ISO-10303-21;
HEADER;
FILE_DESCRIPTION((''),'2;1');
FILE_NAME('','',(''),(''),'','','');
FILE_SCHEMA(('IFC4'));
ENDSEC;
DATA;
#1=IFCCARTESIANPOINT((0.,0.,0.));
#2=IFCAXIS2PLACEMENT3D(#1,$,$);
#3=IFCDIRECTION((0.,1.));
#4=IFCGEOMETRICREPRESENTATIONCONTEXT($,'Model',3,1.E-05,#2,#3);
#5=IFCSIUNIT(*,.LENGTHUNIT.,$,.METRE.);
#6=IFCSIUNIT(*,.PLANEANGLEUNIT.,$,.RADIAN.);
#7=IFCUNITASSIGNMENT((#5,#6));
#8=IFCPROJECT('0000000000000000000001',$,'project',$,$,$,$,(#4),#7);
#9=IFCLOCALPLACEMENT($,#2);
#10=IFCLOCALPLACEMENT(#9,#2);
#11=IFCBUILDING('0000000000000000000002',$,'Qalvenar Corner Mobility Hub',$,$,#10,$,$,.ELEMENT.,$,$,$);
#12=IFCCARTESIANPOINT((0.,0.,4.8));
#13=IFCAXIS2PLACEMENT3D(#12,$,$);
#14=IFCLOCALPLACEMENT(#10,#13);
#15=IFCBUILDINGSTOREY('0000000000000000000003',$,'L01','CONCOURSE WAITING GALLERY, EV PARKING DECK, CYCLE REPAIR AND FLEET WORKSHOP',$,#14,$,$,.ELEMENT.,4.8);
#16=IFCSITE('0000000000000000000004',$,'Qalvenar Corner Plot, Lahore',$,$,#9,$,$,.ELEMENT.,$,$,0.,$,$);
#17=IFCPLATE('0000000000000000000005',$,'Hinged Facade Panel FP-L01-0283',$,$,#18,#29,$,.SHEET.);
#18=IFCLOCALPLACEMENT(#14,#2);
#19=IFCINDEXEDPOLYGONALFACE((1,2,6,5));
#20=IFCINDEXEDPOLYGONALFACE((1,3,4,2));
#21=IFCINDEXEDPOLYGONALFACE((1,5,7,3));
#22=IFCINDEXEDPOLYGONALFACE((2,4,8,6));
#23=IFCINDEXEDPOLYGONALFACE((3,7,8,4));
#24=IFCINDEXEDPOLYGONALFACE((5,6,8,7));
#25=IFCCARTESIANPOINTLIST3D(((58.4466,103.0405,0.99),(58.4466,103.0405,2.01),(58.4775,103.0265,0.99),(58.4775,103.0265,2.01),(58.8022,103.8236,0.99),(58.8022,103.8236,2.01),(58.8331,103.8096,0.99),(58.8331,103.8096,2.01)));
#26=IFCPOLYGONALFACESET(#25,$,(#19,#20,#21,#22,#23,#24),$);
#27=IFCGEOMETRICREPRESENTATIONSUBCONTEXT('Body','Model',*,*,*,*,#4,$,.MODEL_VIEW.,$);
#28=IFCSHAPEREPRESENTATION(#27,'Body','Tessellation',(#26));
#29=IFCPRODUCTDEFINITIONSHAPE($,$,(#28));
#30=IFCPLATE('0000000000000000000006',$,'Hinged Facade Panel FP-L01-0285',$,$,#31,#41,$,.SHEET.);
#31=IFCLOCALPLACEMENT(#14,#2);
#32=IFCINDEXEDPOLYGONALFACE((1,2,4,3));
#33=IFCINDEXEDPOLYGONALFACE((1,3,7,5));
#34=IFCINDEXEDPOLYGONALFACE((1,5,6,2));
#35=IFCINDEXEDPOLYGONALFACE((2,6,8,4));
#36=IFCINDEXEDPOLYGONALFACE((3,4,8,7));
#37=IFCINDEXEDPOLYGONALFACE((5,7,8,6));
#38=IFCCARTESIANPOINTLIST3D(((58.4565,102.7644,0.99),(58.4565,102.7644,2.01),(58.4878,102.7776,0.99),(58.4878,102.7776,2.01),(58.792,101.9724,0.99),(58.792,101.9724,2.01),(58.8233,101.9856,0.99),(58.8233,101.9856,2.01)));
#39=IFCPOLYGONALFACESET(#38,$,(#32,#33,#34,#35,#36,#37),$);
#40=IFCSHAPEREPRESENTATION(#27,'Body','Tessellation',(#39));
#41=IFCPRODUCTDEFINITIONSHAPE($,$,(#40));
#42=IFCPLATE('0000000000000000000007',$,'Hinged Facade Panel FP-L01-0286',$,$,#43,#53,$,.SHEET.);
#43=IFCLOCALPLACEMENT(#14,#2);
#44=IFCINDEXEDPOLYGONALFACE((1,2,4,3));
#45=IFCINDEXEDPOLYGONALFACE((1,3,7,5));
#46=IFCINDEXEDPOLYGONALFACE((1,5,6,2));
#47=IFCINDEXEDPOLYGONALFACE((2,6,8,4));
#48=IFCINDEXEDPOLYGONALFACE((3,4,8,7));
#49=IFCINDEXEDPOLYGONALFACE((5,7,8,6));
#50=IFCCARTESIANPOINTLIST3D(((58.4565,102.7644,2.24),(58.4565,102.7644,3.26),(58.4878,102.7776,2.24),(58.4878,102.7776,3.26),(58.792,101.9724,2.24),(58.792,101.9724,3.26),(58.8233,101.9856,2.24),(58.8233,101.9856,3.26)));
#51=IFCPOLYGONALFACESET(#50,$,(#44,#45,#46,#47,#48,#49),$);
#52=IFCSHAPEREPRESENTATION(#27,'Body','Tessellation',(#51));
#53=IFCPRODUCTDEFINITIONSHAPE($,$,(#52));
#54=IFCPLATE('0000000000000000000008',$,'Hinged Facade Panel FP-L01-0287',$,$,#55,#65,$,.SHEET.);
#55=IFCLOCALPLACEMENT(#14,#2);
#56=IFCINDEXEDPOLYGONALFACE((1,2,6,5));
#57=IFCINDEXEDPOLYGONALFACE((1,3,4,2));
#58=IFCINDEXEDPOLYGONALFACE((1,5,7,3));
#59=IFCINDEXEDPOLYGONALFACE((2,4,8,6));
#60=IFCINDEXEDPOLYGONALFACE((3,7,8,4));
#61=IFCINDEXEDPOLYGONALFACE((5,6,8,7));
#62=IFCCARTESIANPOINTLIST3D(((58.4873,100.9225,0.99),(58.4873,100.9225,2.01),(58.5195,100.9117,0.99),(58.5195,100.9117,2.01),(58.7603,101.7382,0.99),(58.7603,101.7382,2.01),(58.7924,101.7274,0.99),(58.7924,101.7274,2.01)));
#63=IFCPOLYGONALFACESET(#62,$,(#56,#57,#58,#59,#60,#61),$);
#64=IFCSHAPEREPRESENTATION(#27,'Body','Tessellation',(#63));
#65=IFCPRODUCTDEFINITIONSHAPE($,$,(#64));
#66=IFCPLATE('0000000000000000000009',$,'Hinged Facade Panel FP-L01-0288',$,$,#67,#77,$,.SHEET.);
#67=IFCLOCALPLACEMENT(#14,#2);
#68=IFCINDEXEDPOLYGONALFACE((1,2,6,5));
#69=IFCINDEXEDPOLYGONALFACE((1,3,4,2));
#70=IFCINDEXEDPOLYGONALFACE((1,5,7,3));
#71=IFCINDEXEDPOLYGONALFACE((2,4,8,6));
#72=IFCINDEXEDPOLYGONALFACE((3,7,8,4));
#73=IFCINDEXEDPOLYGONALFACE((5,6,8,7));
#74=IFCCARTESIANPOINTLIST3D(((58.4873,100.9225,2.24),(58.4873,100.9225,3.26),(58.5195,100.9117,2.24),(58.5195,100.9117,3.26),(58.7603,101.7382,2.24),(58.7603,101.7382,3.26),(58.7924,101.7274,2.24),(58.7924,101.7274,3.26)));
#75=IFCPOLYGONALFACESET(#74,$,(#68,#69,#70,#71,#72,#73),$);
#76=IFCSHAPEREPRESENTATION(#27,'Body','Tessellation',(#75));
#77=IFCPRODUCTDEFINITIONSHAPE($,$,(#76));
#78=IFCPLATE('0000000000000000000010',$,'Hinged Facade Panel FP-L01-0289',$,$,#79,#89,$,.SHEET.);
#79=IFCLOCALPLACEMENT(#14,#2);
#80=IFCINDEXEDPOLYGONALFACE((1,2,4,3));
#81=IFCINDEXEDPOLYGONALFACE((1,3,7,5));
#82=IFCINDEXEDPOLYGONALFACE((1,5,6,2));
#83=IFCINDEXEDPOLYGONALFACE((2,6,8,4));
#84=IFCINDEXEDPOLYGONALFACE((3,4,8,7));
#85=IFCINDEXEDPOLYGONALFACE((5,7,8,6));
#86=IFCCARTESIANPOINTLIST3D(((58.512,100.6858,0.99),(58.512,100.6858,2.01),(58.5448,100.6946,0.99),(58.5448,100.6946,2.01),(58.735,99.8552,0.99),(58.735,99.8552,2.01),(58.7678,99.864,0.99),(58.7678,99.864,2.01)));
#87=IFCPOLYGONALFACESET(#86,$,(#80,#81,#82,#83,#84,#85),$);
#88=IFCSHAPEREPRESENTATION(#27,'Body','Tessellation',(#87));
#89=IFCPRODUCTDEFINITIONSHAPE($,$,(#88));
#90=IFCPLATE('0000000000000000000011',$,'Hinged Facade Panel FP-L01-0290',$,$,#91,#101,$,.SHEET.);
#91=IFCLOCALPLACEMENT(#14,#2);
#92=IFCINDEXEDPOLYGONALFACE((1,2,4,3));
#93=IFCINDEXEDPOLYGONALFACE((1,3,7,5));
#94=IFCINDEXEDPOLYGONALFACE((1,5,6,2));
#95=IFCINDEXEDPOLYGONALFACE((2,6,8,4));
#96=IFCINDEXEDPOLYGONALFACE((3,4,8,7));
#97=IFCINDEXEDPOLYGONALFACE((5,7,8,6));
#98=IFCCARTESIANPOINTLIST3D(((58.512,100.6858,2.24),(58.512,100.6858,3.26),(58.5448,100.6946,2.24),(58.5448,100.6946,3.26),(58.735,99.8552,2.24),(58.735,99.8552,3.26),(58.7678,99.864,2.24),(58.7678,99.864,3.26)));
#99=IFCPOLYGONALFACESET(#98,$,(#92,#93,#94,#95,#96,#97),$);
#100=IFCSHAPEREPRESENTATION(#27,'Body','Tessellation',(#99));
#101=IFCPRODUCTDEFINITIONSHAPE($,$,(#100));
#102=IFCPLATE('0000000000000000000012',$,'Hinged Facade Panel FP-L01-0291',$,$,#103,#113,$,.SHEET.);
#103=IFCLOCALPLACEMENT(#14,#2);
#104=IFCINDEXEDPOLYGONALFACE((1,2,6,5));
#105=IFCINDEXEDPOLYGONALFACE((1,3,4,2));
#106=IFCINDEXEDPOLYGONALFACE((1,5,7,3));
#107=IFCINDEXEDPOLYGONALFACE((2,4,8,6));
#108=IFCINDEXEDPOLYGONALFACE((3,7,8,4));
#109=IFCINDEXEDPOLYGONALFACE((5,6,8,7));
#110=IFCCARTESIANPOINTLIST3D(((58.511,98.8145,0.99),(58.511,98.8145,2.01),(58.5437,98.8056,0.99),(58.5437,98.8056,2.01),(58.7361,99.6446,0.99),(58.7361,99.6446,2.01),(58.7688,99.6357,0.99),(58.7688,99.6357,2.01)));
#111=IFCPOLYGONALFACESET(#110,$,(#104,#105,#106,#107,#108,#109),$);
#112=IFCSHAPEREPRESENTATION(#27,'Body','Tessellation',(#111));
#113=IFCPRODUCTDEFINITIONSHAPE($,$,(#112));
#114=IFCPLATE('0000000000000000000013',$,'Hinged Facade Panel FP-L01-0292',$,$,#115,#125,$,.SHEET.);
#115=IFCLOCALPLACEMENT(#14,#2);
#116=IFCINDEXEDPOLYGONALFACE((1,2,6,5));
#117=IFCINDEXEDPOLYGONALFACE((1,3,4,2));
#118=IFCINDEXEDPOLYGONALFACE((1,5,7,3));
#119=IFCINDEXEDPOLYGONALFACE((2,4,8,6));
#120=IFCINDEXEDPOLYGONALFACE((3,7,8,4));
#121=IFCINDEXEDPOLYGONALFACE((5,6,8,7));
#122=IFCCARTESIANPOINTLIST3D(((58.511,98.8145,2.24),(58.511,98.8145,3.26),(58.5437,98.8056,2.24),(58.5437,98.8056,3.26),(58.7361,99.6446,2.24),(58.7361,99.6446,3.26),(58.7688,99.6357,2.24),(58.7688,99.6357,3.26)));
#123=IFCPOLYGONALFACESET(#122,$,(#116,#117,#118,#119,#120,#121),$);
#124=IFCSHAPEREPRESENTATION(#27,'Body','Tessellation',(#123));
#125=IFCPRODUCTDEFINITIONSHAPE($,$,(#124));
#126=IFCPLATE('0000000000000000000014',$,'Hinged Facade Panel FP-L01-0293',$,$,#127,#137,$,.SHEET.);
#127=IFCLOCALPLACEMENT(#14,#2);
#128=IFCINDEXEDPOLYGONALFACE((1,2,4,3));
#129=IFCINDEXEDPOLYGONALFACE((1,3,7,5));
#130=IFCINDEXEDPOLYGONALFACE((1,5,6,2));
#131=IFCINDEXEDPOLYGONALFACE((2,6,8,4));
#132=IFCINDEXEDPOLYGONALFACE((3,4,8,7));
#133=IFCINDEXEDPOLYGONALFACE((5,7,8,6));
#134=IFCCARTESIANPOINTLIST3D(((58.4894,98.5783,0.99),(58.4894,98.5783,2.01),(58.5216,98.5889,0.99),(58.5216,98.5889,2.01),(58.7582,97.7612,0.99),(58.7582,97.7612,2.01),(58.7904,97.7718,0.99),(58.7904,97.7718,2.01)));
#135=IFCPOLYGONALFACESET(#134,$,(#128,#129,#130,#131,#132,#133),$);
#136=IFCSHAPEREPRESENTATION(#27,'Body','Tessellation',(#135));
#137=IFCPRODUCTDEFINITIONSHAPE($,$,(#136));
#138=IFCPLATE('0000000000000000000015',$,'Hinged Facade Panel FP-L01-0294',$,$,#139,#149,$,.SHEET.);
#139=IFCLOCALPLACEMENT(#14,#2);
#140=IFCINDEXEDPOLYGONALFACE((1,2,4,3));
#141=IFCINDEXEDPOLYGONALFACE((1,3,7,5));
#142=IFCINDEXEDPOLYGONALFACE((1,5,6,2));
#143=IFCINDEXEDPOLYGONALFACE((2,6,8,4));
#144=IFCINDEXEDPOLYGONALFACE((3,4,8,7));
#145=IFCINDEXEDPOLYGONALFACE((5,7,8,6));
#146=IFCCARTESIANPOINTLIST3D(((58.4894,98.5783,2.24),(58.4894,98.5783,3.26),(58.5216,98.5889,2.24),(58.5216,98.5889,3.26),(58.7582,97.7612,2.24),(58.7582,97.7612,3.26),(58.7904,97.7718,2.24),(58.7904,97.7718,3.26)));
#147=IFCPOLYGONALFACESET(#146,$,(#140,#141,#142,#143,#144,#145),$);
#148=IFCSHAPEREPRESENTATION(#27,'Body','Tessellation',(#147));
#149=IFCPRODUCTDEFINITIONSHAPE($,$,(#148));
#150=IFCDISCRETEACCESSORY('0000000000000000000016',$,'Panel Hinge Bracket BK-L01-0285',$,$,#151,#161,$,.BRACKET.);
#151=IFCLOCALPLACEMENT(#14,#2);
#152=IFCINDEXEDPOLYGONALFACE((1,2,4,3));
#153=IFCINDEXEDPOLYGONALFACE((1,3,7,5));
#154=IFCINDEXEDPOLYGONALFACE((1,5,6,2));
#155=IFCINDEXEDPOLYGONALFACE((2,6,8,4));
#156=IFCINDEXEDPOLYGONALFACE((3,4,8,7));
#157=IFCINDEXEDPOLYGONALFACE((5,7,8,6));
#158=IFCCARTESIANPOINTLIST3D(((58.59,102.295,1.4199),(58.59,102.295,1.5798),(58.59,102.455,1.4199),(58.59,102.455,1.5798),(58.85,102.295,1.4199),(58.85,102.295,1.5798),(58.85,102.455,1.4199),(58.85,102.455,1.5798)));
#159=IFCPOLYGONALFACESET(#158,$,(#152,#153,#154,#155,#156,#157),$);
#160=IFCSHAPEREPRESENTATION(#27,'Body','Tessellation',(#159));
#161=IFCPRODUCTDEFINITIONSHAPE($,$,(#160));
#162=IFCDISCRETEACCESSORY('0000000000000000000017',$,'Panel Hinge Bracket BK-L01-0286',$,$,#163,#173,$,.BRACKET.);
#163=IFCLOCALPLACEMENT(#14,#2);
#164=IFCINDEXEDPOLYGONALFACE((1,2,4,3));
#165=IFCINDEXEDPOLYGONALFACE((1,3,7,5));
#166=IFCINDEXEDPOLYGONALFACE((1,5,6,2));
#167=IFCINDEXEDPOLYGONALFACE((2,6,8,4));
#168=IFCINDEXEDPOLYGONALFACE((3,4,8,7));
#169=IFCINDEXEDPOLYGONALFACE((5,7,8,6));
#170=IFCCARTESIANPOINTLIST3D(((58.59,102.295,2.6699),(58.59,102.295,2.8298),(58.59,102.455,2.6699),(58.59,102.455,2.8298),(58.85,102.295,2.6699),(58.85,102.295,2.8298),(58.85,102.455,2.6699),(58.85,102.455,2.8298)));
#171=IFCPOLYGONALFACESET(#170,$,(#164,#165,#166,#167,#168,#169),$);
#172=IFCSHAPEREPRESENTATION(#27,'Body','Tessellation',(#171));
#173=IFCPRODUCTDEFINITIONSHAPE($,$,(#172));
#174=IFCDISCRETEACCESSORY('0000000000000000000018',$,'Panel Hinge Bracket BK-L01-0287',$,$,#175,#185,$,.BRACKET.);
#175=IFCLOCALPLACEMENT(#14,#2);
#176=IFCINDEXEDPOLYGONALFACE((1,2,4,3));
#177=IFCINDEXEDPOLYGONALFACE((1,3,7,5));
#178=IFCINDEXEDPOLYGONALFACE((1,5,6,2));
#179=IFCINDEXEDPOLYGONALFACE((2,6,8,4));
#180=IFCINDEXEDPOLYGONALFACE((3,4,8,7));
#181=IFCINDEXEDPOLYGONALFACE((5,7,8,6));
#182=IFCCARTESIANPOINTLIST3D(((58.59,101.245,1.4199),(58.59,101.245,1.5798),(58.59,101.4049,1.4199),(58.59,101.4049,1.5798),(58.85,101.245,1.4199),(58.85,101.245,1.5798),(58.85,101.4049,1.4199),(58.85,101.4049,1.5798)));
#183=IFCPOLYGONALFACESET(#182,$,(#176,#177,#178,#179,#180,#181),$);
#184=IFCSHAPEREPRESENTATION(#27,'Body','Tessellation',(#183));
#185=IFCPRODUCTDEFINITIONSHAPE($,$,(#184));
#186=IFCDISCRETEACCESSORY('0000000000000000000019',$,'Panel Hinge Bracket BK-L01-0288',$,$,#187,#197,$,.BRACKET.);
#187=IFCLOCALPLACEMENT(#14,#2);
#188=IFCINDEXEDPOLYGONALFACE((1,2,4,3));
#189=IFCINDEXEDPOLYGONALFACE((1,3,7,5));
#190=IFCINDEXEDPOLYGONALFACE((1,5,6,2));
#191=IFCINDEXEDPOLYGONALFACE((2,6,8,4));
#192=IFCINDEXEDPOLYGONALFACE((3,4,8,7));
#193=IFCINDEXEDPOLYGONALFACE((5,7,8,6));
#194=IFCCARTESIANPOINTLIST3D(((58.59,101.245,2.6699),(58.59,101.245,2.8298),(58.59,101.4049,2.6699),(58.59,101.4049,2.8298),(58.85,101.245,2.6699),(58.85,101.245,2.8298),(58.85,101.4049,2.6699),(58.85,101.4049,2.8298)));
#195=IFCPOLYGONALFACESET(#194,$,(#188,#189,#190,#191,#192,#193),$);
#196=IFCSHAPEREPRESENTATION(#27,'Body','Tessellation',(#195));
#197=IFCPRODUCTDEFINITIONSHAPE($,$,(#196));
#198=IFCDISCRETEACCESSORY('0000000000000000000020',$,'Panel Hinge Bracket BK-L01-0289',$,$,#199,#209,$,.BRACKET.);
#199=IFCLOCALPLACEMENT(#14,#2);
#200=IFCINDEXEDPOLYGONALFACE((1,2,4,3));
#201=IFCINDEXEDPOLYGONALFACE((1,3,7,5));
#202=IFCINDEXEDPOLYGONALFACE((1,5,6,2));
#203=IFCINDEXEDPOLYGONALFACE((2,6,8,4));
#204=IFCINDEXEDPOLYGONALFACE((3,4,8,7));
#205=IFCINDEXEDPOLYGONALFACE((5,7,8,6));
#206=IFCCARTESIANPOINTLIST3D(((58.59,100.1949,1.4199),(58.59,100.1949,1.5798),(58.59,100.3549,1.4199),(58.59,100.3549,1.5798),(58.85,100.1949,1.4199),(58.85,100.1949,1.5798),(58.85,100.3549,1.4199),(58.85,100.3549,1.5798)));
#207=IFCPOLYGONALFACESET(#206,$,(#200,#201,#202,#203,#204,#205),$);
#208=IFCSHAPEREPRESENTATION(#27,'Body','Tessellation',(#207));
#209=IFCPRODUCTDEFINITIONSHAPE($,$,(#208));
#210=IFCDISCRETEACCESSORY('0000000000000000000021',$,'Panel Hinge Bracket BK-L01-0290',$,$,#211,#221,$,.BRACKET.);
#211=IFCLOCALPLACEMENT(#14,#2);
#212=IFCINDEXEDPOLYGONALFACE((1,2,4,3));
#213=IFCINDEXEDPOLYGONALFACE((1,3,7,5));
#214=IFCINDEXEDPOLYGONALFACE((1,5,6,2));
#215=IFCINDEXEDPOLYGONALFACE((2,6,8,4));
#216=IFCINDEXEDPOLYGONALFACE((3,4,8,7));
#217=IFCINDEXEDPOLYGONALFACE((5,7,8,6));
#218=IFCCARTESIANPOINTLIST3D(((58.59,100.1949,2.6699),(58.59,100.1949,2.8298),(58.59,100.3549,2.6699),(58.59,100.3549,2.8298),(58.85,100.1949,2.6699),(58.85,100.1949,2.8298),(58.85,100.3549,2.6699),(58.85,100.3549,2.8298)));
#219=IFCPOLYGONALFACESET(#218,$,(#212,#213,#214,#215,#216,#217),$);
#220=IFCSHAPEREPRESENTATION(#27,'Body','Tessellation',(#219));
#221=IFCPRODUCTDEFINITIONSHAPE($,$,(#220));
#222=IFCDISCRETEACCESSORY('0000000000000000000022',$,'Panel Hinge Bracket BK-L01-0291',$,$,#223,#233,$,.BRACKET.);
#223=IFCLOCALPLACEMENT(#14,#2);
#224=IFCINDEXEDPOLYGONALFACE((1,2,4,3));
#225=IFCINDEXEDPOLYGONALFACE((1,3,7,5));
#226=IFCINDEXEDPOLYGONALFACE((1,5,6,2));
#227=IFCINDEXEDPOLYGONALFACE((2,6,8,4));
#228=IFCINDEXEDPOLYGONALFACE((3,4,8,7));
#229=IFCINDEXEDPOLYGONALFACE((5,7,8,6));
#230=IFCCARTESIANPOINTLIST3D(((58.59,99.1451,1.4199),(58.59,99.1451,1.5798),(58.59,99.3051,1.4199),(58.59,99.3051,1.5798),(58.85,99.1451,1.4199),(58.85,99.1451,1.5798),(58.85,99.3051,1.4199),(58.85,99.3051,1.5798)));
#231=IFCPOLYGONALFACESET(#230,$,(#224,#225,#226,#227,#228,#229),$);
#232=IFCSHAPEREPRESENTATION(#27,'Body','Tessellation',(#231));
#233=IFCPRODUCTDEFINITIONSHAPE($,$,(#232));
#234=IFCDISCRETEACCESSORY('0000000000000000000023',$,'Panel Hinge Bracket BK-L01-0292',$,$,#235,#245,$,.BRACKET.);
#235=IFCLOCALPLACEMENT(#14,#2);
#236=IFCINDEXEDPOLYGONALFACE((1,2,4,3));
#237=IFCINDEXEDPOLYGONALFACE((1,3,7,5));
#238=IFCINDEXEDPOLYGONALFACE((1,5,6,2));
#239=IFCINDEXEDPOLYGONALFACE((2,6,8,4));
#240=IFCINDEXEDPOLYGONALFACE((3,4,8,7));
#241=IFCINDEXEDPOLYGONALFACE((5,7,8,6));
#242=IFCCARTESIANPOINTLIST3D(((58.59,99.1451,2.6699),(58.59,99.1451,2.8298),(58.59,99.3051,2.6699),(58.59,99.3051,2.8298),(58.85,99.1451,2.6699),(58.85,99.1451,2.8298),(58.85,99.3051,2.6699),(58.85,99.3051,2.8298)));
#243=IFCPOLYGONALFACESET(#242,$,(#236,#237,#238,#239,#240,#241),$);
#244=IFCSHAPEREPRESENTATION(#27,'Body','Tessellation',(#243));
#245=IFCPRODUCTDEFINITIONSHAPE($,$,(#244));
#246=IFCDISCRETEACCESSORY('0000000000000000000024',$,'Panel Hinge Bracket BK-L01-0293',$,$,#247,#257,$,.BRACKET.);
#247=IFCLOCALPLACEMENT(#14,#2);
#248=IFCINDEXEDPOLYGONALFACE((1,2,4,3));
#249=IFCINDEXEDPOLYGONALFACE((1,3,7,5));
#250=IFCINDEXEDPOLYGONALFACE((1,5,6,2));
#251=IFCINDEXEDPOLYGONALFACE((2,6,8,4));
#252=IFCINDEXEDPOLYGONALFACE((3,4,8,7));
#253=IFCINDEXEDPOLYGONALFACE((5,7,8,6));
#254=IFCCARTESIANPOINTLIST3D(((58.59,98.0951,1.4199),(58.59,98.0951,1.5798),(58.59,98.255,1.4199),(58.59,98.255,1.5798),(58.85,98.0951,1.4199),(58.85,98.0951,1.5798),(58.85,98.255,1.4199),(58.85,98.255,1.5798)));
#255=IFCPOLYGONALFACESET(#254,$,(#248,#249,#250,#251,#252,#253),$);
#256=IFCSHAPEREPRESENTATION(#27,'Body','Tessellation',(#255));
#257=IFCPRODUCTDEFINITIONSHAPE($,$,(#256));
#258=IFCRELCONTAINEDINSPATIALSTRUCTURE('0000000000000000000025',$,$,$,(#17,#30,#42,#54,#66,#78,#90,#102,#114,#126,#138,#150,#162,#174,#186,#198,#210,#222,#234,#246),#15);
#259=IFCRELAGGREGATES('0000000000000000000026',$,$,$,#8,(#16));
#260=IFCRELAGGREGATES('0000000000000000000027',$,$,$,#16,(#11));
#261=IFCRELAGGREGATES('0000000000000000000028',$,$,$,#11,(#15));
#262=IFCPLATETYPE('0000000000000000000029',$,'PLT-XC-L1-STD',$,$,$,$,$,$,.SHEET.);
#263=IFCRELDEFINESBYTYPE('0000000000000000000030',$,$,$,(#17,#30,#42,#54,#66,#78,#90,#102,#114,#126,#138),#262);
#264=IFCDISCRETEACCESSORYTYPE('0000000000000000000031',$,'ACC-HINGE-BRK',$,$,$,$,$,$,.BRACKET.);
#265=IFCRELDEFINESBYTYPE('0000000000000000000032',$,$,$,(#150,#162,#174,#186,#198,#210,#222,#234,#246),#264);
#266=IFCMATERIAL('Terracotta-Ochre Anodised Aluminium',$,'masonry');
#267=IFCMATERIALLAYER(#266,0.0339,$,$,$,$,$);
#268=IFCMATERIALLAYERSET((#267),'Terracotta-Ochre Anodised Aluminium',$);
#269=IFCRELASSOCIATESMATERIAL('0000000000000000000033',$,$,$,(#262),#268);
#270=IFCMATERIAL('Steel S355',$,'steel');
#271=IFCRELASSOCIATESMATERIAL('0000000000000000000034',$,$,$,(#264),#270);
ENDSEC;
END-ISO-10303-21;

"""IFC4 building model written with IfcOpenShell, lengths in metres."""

from ifc_helpers import new_model, si_unit, direction, frame, origin, origin_2d, place, context, subcontext, project, spatial, rectangle, extrude, material, layer, layer_set, type_object, element, save


model = new_model("IFC4")

# Units and contexts
model_context = context("Model", 3, precision=1e-05, world=origin(), true_north=direction((0.0, 1.0)))
body_context = subcontext(model_context, "Body", "Model", "MODEL_VIEW")
ifc_project = project(units=[si_unit("LENGTHUNIT", "METRE"), si_unit("PLANEANGLEUNIT", "RADIAN")], contexts=[model_context])

# Site, building, storey
site_placement = place(None, origin())
site = spatial("IfcSite", under=ifc_project, at=site_placement, Name="Qalvenar Corner Plot, Lahore", CompositionType="ELEMENT", RefElevation=0.0)
building_placement = place(site_placement, origin())
building = spatial("IfcBuilding", under=site, at=building_placement, Name="Qalvenar Corner Mobility Hub", CompositionType="ELEMENT")
storey_placement = place(building_placement, frame((0.0, 0.0, 4.8)))
storey = spatial("IfcBuildingStorey", under=building, at=storey_placement, Name="L01", Description="CONCOURSE WAITING GALLERY, EV PARKING DECK, CYCLE REPAIR AND FLEET WORKSHOP", CompositionType="ELEMENT", Elevation=4.8)

# Shared definitions
ifc_material_1 = material(Name="Steel S355", Category="steel")

# Plates
ifc_material_2 = material(Name="Terracotta-Ochre Anodised Aluminium", Category="masonry")
ifc_layer = layer(ifc_material_2, 0.0339)
ifc_layer_set = layer_set([ifc_layer], Name="Terracotta-Ochre Anodised Aluminium")
plate_type = type_object("IfcPlateType", Name="PLT-XC-L1-STD", PredefinedType="SHEET", material=ifc_layer_set)
for number, where, z_axis, x_axis, name in (
    (1, (58.6399, 103.425, 0.99), (0.0, 0.0, 1.0), (-0.413422, -0.910539, 0.0), "Hinged Facade Panel FP-L01-0283"),
    (2, (58.6399, 102.375, 0.99), (0.0, 0.0, 1.0), (0.390088, -0.920777, 0.0), "Hinged Facade Panel FP-L01-0285"),
    (3, (58.6399, 102.375, 2.24), (0.0, 0.0, 1.0), (0.390088, -0.920777, 0.0), "Hinged Facade Panel FP-L01-0286"),
    (4, (58.6399, 101.325, 0.99), (0.0, 0.0, 1.0), (-0.317305, -0.948324, 0.0), "Hinged Facade Panel FP-L01-0287"),
    (5, (58.6399, 101.325, 2.24), (0.0, 0.0, 1.0), (-0.317305, -0.948324, 0.0), "Hinged Facade Panel FP-L01-0288"),
    (6, (58.6399, 100.2749, 0.99), (0.0, 0.0, 1.0), (0.259325, -0.96579, 0.0), "Hinged Facade Panel FP-L01-0289"),
    (7, (58.6399, 100.2749, 2.24), (0.0, 0.0, 1.0), (0.259325, -0.96579, 0.0), "Hinged Facade Panel FP-L01-0290"),
    (8, (58.6399, 99.2251, 0.99), (0.0, 0.0, 1.0), (-0.261684, -0.965154, 0.0), "Hinged Facade Panel FP-L01-0291"),
    (9, (58.6399, 99.2251, 2.24), (0.0, 0.0, 1.0), (-0.261684, -0.965154, 0.0), "Hinged Facade Panel FP-L01-0292"),
    (10, (58.6399, 98.175, 0.99), (0.0, 0.0, 1.0), (0.312501, -0.949918, 0.0), "Hinged Facade Panel FP-L01-0293"),
    (11, (58.6399, 98.175, 2.24), (0.0, 0.0, 1.0), (0.312501, -0.949918, 0.0), "Hinged Facade Panel FP-L01-0294"),
):
    element("IfcPlate", number, at=place(storey_placement, frame(where, z_axis=z_axis, x_axis=x_axis)), inside=storey, type_object=plate_type, Name=name, PredefinedType="SHEET", context=body_context, shape_type="SweptSolid", body=[
        extrude(rectangle(XDim=0.8601, YDim=0.0339, at=origin_2d()), origin(), (0.0, 0.0, 1.0), 1.02),
    ])

# Discrete accessories
discrete_accessory_type = type_object("IfcDiscreteAccessoryType", Name="ACC-HINGE-BRK", PredefinedType="BRACKET", material=ifc_material_1)
for number, where, z_axis, x_axis, name in (
    (12, (58.72, 102.375, 1.4199), (0.0, 0.0, 1.0), (0.0, -1.0, 0.0), "Panel Hinge Bracket BK-L01-0285"),
    (13, (58.72, 102.375, 2.6699), (0.0, 0.0, 1.0), (0.0, -1.0, 0.0), "Panel Hinge Bracket BK-L01-0286"),
    (14, (58.72, 101.325, 1.4199), (0.0, 0.0, 1.0), (0.0, -1.0, 0.0), "Panel Hinge Bracket BK-L01-0287"),
    (15, (58.72, 101.325, 2.6699), (0.0, 0.0, 1.0), (0.0, -1.0, 0.0), "Panel Hinge Bracket BK-L01-0288"),
    (16, (58.72, 100.2749, 1.4199), (0.0, 0.0, 1.0), (0.0, -1.0, 0.0), "Panel Hinge Bracket BK-L01-0289"),
    (17, (58.72, 100.2749, 2.6699), (0.0, 0.0, 1.0), (0.0, -1.0, 0.0), "Panel Hinge Bracket BK-L01-0290"),
    (18, (58.72, 99.2251, 1.4199), (0.0, 0.0, 1.0), (0.0, -1.0, 0.0), "Panel Hinge Bracket BK-L01-0291"),
    (19, (58.72, 99.2251, 2.6699), (0.0, 0.0, 1.0), (0.0, -1.0, 0.0), "Panel Hinge Bracket BK-L01-0292"),
    (20, (58.72, 98.175, 1.4199), (0.0, 0.0, 1.0), (0.0, -1.0, 0.0), "Panel Hinge Bracket BK-L01-0293"),
):
    element("IfcDiscreteAccessory", number, at=place(storey_placement, frame(where, z_axis=z_axis, x_axis=x_axis)), inside=storey, type_object=discrete_accessory_type, Name=name, PredefinedType="BRACKET", context=body_context, shape_type="SweptSolid", body=[
        extrude(rectangle(XDim=0.1599, YDim=0.26, at=origin_2d()), origin(), (0.0, 0.0, 1.0), 0.1599),
    ])

save(model, "model.ifc")
